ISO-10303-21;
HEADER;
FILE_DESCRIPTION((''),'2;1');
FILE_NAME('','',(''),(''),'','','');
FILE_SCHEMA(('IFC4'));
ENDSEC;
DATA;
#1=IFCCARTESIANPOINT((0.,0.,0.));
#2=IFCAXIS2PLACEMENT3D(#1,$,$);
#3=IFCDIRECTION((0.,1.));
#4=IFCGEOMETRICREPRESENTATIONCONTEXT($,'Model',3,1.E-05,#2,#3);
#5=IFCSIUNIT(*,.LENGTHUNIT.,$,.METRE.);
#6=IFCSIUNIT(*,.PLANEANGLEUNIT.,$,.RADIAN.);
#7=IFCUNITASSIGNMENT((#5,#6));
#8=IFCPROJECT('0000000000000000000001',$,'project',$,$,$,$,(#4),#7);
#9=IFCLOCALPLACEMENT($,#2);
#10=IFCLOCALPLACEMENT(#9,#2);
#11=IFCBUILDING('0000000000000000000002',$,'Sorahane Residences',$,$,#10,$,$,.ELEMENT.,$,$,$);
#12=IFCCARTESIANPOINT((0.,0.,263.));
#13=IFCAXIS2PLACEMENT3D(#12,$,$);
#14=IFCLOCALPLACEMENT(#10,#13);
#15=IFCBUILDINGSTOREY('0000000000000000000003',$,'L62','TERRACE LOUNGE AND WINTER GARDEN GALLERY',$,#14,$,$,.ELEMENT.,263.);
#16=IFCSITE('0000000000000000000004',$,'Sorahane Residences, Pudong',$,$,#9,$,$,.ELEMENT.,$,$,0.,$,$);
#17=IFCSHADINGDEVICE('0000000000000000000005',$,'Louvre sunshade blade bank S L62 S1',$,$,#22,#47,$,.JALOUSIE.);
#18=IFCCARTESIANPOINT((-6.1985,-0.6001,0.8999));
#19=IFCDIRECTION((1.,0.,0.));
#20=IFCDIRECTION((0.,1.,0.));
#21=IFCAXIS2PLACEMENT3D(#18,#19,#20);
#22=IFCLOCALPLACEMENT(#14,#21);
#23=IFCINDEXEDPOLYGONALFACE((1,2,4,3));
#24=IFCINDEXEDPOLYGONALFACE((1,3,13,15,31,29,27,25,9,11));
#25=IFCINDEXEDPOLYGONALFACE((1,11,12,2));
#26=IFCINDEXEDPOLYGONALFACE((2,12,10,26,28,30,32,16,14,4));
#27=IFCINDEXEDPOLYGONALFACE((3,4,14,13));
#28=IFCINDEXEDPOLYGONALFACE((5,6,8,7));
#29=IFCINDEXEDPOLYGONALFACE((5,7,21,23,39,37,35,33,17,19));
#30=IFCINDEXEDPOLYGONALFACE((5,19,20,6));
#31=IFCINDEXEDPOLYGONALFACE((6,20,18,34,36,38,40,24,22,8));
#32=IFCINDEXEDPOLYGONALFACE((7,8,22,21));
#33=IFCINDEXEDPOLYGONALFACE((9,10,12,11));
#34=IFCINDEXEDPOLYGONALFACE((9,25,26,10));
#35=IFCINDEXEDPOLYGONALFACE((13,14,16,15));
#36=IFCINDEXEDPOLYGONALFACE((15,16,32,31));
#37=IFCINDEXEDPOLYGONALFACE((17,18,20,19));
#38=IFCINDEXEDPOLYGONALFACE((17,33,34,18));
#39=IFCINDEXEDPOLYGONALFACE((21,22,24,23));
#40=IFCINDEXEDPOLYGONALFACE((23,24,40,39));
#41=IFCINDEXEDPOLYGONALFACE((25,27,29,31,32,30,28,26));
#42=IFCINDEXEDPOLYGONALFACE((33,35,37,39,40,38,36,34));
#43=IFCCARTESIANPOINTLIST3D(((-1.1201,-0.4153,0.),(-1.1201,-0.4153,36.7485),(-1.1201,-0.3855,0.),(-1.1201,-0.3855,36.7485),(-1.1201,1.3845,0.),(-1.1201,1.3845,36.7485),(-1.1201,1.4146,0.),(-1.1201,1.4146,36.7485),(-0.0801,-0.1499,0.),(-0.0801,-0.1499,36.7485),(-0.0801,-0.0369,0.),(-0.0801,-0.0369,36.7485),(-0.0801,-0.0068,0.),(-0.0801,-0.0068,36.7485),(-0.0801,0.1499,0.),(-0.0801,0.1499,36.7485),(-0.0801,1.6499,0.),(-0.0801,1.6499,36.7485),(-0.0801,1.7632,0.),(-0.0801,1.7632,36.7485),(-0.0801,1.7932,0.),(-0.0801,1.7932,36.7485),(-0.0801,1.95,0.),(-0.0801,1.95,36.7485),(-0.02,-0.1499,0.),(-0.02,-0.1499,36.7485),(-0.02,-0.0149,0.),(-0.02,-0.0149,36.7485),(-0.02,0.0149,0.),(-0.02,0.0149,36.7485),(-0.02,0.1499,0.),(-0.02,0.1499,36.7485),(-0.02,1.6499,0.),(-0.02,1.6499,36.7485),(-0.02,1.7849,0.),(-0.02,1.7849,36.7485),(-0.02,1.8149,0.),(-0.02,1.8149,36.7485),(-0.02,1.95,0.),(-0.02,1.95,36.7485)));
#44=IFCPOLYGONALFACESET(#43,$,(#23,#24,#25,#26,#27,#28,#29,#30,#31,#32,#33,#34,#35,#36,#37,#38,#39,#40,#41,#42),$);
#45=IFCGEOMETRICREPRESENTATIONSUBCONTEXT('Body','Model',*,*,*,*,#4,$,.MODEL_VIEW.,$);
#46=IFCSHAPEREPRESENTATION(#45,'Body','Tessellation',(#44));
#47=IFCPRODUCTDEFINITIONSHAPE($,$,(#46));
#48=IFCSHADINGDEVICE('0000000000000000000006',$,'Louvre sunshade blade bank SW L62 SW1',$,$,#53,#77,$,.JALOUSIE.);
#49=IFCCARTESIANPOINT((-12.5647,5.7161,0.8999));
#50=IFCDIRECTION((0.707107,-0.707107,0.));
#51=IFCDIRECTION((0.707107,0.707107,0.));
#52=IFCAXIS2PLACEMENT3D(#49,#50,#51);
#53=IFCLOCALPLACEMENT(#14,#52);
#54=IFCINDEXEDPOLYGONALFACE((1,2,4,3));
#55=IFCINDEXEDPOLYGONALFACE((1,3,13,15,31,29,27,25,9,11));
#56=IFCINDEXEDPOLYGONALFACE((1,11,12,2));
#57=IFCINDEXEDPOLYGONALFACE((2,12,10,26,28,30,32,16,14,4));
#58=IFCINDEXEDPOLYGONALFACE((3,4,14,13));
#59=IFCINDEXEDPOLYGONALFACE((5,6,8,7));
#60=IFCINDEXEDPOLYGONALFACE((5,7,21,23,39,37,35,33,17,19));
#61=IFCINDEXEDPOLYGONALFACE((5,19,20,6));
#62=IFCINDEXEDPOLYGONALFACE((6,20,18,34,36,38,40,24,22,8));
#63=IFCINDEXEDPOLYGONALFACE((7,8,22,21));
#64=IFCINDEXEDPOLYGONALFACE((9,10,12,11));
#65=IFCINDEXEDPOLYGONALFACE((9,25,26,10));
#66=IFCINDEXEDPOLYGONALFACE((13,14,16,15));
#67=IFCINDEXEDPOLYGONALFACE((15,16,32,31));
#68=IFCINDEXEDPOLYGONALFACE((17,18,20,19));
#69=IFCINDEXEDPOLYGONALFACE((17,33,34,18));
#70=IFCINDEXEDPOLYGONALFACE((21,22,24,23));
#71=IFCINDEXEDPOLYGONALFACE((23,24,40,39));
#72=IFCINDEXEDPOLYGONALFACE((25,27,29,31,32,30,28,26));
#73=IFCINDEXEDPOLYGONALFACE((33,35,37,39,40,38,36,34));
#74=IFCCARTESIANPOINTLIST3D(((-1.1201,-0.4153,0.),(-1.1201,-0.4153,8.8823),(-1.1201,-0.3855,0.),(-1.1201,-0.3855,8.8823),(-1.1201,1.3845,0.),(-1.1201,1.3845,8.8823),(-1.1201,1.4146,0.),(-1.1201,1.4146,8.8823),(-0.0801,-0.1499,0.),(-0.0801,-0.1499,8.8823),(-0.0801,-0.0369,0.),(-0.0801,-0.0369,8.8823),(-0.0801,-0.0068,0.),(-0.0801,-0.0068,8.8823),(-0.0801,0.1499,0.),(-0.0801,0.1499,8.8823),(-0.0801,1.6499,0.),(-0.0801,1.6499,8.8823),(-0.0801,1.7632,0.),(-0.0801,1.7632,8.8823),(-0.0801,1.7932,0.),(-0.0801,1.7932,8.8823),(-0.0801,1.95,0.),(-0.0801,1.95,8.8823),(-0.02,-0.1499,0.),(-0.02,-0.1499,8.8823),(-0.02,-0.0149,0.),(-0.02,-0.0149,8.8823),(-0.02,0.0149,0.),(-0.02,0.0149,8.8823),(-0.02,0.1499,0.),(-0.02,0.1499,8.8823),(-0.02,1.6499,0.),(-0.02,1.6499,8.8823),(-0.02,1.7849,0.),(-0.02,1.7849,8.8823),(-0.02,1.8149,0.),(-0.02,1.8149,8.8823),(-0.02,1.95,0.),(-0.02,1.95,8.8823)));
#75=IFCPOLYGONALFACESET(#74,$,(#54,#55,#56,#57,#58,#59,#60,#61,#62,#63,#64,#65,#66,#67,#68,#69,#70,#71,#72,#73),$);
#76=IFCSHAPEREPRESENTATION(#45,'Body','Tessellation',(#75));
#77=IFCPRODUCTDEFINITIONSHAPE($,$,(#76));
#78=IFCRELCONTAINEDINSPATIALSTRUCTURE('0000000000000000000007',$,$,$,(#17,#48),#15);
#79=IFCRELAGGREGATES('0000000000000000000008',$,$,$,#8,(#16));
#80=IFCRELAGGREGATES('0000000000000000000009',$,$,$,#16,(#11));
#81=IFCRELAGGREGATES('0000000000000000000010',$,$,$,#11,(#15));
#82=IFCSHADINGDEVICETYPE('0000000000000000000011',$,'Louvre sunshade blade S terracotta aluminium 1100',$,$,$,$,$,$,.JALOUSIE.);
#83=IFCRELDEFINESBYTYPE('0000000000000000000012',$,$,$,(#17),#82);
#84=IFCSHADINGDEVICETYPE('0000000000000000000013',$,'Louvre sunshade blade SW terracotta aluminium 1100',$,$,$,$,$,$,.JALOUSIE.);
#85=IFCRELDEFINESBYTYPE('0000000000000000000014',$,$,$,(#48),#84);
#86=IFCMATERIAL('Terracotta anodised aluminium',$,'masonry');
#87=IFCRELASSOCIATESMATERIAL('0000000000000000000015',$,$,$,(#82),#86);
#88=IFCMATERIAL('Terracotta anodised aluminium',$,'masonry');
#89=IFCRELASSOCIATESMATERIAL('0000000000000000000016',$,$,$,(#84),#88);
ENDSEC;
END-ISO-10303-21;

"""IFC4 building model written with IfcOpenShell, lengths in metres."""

from ifc_helpers import new_model, si_unit, direction, frame, origin, place, context, subcontext, project, spatial, polyline, outline, composite_profile, extrude, material, type_object, element, save


model = new_model("IFC4")

# Units and contexts
model_context = context("Model", 3, precision=1e-05, world=origin(), true_north=direction((0.0, 1.0)))
body_context = subcontext(model_context, "Body", "Model", "MODEL_VIEW")
ifc_project = project(units=[si_unit("LENGTHUNIT", "METRE"), si_unit("PLANEANGLEUNIT", "RADIAN")], contexts=[model_context])

# Site, building, storey
site_placement = place(None, origin())
site = spatial("IfcSite", under=ifc_project, at=site_placement, Name="Sorahane Residences, Pudong", CompositionType="ELEMENT", RefElevation=0.0)
building_placement = place(site_placement, origin())
building = spatial("IfcBuilding", under=site, at=building_placement, Name="Sorahane Residences", CompositionType="ELEMENT")
storey_placement = place(building_placement, frame((0.0, 0.0, 263.0)))
storey = spatial("IfcBuildingStorey", under=building, at=storey_placement, Name="L62", Description="TERRACE LOUNGE AND WINTER GARDEN GALLERY", CompositionType="ELEMENT", Elevation=263.0)

# Shading devices
ifc_material_1 = material(Name="Terracotta anodised aluminium", Category="masonry")
shading_device_type_1 = type_object("IfcShadingDeviceType", Name="Louvre sunshade blade S terracotta aluminium 1100", PredefinedType="JALOUSIE", material=ifc_material_1)
shading_device_1_placement = place(storey_placement, frame((-6.1985, -0.6001, 0.8999), z_axis=(1.0, 0.0, 0.0), x_axis=(0.0, 1.0, 0.0)))
element("IfcShadingDevice", 1, at=shading_device_1_placement, inside=storey, type_object=shading_device_type_1, Name="Louvre sunshade blade bank S L62 S1", PredefinedType="JALOUSIE", context=body_context, shape_type="SweptSolid", body=[
    extrude(composite_profile([outline(polyline([(-1.1201, -0.3855), (-1.1201, -0.4153), (-0.0801, -0.0369), (-0.0801, -0.1499), (-0.02, -0.1499), (-0.02, -0.0149), (-0.02, 0.0149), (-0.02, 0.1499), (-0.0801, 0.1499), (-0.0801, -0.0068), (-1.1201, -0.3855)])), outline(polyline([(-1.1201, 1.4146), (-1.1201, 1.3845), (-0.0801, 1.7632), (-0.0801, 1.6499), (-0.02, 1.6499), (-0.02, 1.7849), (-0.02, 1.8149), (-0.02, 1.95), (-0.0801, 1.95), (-0.0801, 1.7932), (-1.1201, 1.4146)]))]), origin(), (0.0, 0.0, 1.0), 36.7485),
])
ifc_material_2 = material(Name="Terracotta anodised aluminium", Category="masonry")
shading_device_type_2 = type_object("IfcShadingDeviceType", Name="Louvre sunshade blade SW terracotta aluminium 1100", PredefinedType="JALOUSIE", material=ifc_material_2)
shading_device_2_placement = place(storey_placement, frame((-12.5647, 5.7161, 0.8999), z_axis=(0.707107, -0.707107, 0.0), x_axis=(0.707107, 0.707107, 0.0)))
element("IfcShadingDevice", 2, at=shading_device_2_placement, inside=storey, type_object=shading_device_type_2, Name="Louvre sunshade blade bank SW L62 SW1", PredefinedType="JALOUSIE", context=body_context, shape_type="SweptSolid", body=[
    extrude(composite_profile([outline(polyline([(-1.1201, -0.3855), (-1.1201, -0.4153), (-0.0801, -0.0369), (-0.0801, -0.1499), (-0.02, -0.1499), (-0.02, -0.0149), (-0.02, 0.0149), (-0.02, 0.1499), (-0.0801, 0.1499), (-0.0801, -0.0068), (-1.1201, -0.3855)])), outline(polyline([(-1.1201, 1.4146), (-1.1201, 1.3845), (-0.0801, 1.7632), (-0.0801, 1.6499), (-0.02, 1.6499), (-0.02, 1.7849), (-0.02, 1.8149), (-0.02, 1.95), (-0.0801, 1.95), (-0.0801, 1.7932), (-1.1201, 1.4146)]))]), origin(), (0.0, 0.0, 1.0), 8.8823),
])

save(model, "model.ifc")
